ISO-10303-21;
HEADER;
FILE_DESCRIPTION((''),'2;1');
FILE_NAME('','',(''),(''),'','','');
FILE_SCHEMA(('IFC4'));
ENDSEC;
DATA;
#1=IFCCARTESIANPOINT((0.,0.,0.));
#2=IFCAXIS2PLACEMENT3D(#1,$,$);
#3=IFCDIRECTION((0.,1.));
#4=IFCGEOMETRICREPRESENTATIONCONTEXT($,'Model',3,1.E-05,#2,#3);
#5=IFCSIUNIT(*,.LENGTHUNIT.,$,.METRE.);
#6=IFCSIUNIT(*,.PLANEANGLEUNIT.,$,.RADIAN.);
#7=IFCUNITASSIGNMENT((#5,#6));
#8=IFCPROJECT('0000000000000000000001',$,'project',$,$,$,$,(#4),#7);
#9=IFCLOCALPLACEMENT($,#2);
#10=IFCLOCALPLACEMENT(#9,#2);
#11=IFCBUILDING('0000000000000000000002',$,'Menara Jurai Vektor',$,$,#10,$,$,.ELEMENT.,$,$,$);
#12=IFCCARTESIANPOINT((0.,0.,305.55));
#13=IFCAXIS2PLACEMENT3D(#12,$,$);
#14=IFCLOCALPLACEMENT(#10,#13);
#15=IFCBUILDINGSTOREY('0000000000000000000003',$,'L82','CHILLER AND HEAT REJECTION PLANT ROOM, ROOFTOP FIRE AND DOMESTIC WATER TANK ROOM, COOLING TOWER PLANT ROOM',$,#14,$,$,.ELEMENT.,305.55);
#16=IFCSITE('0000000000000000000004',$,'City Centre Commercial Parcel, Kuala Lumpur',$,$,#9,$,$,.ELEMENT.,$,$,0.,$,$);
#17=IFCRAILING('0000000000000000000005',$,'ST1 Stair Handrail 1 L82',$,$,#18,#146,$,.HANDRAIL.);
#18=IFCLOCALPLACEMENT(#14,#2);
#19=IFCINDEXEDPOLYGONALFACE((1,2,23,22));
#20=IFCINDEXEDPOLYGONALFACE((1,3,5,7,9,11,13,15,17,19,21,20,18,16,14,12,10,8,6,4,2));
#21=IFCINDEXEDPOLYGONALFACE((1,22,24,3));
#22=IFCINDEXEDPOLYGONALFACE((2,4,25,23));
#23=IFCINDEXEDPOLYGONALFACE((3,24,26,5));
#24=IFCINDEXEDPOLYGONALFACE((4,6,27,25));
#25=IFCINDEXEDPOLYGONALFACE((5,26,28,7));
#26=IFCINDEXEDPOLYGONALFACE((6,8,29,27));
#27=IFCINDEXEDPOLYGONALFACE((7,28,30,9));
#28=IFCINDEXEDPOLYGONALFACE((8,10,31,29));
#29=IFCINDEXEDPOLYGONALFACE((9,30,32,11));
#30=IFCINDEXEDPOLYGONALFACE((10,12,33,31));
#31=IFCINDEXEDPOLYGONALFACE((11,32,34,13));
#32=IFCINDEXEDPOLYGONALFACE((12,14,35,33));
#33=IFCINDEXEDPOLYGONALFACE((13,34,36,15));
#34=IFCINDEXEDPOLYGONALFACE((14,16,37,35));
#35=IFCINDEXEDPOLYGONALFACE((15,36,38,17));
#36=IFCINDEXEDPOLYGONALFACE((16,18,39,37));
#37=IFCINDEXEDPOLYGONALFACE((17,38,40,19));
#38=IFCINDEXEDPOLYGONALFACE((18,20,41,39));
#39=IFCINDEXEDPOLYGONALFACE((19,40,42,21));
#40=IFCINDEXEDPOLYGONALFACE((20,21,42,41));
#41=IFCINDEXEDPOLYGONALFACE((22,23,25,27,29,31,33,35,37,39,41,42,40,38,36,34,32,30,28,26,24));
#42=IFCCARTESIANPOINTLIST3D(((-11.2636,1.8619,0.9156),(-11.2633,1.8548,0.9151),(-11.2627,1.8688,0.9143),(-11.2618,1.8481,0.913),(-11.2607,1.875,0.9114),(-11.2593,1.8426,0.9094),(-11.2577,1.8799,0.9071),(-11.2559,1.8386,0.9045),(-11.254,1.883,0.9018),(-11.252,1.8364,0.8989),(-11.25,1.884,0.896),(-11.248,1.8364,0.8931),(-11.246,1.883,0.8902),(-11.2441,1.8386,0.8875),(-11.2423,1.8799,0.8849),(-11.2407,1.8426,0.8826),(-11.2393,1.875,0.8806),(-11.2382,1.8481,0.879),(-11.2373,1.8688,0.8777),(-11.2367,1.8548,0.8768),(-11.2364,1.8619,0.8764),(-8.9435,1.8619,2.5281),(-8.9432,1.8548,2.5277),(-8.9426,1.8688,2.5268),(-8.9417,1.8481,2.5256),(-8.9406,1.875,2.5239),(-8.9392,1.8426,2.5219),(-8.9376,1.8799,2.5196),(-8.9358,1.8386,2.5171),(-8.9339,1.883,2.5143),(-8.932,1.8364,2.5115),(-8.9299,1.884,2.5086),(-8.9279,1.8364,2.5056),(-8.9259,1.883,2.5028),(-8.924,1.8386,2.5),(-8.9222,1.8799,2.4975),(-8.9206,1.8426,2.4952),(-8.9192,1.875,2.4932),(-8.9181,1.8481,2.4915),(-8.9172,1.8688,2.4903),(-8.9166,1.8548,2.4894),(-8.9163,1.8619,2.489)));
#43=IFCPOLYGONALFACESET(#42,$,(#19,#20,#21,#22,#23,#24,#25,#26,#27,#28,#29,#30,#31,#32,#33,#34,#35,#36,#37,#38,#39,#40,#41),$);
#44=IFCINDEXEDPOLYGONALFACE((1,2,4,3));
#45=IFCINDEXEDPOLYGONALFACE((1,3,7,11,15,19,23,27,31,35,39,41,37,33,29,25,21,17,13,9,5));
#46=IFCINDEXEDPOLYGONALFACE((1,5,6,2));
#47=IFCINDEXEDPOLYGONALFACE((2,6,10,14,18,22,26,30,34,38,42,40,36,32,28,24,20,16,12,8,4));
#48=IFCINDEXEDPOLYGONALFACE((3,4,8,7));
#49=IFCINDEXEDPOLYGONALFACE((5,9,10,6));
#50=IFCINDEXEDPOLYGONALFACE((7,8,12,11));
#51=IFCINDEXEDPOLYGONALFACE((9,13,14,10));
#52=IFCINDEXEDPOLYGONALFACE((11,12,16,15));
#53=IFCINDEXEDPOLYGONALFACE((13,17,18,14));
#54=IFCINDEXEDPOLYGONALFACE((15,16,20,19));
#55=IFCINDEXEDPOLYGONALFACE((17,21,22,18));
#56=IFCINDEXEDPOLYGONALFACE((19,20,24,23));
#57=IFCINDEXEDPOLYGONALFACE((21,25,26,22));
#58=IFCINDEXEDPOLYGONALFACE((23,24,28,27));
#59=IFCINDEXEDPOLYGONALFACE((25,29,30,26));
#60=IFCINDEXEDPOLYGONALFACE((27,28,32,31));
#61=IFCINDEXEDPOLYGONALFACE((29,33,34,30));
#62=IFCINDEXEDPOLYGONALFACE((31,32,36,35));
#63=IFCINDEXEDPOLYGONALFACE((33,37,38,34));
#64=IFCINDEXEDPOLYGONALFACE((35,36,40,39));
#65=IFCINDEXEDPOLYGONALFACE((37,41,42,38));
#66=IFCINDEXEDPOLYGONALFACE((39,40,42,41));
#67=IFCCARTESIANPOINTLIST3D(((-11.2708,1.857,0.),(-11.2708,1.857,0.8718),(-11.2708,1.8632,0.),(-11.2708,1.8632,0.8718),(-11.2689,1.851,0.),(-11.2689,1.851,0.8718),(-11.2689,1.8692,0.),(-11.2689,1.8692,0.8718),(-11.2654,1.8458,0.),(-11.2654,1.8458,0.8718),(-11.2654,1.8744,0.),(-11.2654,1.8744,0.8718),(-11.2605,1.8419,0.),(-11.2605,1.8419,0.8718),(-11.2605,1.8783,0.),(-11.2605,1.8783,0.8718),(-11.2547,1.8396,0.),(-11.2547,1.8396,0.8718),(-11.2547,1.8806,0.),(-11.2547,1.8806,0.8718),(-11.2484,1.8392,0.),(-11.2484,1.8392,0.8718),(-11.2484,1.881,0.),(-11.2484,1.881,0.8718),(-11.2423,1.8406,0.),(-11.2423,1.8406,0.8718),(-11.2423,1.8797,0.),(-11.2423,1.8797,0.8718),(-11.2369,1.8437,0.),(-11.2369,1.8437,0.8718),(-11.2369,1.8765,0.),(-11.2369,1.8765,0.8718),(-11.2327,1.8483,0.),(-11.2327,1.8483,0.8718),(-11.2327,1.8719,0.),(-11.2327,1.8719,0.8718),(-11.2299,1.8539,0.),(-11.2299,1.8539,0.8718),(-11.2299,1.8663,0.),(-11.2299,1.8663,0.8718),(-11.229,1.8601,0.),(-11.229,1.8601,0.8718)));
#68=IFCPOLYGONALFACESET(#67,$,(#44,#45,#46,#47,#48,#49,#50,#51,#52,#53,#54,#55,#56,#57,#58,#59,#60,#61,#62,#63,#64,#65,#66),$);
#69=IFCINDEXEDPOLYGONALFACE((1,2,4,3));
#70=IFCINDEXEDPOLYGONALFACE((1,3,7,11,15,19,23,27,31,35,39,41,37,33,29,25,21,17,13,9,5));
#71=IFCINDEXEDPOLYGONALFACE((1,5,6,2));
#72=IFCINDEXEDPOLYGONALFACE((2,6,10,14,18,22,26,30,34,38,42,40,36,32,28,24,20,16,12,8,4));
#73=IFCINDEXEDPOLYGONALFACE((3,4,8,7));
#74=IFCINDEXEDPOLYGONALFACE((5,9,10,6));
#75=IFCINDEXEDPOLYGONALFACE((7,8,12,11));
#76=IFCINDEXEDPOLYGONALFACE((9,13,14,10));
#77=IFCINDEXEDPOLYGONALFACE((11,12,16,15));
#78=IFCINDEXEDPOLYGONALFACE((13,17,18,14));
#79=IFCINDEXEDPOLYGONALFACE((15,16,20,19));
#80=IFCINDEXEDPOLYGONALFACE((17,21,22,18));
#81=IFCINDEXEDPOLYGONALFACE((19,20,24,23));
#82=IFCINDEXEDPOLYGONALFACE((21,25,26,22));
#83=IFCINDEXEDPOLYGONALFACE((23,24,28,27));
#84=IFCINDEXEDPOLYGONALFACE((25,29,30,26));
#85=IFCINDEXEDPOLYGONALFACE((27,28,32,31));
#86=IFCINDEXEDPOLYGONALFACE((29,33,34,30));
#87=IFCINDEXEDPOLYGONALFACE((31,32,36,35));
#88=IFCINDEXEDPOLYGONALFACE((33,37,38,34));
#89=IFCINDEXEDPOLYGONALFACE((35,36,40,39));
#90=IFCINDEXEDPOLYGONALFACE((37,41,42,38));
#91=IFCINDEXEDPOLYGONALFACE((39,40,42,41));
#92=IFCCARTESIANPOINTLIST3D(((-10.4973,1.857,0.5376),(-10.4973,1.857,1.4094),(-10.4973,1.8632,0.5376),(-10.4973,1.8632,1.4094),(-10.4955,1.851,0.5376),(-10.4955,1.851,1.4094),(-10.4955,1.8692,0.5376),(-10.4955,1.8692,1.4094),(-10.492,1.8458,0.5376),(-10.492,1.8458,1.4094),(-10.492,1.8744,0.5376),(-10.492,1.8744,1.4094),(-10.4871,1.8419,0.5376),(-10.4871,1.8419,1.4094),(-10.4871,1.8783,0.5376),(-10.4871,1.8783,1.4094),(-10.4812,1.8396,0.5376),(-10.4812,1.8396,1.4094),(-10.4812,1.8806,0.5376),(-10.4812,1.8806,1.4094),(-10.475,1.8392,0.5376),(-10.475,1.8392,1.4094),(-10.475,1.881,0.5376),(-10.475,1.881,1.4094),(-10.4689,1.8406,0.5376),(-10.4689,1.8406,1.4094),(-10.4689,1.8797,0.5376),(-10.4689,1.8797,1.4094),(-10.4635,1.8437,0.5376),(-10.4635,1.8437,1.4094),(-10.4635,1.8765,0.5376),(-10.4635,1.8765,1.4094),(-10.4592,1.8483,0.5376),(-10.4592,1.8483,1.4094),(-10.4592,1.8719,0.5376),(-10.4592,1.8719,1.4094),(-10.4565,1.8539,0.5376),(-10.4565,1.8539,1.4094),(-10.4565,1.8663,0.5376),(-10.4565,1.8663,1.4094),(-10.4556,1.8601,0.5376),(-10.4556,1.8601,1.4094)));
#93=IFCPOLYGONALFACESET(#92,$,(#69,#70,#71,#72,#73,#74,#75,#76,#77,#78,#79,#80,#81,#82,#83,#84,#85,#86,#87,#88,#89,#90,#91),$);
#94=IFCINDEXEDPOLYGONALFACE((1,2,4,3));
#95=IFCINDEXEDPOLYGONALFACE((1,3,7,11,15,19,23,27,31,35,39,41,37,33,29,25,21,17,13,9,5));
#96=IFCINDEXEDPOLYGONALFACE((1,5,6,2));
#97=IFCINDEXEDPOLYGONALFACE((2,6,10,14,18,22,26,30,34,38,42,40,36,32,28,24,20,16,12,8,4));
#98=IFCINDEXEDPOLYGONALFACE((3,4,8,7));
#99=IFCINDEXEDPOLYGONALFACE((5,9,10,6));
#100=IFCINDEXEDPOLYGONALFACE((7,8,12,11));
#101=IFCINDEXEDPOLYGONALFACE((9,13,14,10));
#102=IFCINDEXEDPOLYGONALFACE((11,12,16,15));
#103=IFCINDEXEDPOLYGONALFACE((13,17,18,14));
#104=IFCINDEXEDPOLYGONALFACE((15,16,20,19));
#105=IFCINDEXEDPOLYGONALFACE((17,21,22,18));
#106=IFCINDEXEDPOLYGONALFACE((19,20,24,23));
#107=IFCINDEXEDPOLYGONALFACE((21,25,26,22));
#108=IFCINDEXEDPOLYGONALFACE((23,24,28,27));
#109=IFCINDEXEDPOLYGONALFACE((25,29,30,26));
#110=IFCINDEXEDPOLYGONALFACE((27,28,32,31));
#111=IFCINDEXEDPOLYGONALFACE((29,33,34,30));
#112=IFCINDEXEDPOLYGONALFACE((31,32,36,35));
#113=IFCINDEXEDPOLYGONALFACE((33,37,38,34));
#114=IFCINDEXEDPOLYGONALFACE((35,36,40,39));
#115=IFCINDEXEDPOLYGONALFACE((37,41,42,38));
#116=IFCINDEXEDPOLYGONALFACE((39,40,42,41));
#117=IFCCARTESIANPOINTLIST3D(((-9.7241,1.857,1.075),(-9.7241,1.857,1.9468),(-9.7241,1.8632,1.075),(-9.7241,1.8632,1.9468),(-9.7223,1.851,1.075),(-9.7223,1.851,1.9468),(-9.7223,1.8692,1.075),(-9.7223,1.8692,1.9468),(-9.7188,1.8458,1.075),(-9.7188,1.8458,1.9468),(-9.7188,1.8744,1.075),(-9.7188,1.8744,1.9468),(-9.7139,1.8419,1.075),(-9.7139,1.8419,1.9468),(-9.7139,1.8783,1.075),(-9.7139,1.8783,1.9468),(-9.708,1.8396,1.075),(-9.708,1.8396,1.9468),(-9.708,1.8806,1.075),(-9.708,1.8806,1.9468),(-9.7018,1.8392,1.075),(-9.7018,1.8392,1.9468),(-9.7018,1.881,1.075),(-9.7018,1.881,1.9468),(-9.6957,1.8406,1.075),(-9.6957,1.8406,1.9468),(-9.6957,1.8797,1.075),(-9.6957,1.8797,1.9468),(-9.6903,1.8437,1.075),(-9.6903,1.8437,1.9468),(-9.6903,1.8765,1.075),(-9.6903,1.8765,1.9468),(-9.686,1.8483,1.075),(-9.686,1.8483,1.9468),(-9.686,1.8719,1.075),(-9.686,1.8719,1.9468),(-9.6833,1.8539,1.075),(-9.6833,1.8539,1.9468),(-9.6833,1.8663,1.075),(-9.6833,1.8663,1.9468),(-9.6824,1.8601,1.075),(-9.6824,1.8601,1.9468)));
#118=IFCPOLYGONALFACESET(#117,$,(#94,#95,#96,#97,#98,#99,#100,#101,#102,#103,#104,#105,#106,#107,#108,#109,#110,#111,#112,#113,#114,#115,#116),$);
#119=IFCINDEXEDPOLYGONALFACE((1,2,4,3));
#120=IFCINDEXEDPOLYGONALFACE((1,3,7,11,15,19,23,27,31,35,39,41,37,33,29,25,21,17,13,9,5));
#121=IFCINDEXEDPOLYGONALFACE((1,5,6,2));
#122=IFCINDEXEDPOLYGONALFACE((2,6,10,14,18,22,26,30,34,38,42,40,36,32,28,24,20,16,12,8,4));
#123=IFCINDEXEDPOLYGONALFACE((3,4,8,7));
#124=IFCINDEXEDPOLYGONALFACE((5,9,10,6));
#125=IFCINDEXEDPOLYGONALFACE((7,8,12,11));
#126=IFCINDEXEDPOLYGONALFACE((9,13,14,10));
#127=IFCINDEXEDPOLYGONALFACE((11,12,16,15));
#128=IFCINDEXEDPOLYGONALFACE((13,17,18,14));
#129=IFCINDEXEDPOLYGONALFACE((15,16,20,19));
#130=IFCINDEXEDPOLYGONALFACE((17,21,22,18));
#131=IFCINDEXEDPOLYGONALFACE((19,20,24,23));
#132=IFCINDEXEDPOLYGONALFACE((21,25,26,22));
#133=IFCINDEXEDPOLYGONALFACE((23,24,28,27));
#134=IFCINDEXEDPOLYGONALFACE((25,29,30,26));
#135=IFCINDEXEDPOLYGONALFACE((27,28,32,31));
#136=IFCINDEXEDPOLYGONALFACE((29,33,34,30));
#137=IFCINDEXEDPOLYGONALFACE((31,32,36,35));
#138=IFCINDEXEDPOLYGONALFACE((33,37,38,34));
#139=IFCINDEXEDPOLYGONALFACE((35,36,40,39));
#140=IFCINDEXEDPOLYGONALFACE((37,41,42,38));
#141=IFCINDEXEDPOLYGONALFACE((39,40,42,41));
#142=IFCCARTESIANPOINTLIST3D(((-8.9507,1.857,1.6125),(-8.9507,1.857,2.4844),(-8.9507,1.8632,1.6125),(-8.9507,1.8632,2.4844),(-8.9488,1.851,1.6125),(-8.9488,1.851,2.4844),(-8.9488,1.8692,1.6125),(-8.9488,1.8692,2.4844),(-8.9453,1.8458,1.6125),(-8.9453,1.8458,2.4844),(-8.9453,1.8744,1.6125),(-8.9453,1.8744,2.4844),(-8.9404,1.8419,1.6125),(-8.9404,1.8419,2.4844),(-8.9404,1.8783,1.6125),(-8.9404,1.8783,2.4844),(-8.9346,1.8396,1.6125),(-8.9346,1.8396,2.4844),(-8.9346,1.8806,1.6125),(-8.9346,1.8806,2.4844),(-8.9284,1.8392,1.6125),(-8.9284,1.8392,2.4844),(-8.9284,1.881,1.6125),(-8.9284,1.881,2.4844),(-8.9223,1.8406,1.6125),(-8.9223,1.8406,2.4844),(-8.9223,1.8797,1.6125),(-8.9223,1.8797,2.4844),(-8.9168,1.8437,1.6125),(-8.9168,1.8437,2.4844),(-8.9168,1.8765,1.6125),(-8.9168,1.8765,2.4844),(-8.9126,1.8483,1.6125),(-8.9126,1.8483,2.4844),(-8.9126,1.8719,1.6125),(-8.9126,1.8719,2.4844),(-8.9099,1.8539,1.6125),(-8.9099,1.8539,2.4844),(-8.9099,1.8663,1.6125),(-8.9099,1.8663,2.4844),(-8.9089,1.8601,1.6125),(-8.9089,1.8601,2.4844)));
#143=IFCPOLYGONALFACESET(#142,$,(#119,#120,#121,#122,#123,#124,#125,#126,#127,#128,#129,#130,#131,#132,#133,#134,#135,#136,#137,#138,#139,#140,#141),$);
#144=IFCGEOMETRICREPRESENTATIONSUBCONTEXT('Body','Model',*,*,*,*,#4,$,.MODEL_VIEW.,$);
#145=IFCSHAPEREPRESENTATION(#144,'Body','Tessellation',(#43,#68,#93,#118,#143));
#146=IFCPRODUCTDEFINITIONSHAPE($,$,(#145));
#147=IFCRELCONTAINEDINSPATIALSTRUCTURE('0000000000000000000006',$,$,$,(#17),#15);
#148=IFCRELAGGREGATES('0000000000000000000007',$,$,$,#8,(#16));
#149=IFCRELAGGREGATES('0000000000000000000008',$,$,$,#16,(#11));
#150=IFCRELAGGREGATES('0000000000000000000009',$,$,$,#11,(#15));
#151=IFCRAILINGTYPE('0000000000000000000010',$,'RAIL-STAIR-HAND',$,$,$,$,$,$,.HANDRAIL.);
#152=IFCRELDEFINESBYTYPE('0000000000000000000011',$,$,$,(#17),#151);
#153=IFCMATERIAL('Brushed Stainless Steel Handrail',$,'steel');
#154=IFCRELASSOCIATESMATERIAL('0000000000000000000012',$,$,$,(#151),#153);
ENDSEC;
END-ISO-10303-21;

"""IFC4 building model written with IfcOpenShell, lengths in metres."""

from ifc_helpers import new_model, si_unit, direction, frame, origin, origin_2d, place, context, subcontext, project, spatial, circle, extrude, material, type_object, element, save


model = new_model("IFC4")

# Units and contexts
model_context = context("Model", 3, precision=1e-05, world=origin(), true_north=direction((0.0, 1.0)))
body_context = subcontext(model_context, "Body", "Model", "MODEL_VIEW")
ifc_project = project(units=[si_unit("LENGTHUNIT", "METRE"), si_unit("PLANEANGLEUNIT", "RADIAN")], contexts=[model_context])

# Site, building, storey
site_placement = place(None, origin())
site = spatial("IfcSite", under=ifc_project, at=site_placement, Name="City Centre Commercial Parcel, Kuala Lumpur", CompositionType="ELEMENT", RefElevation=0.0)
building_placement = place(site_placement, origin())
building = spatial("IfcBuilding", under=site, at=building_placement, Name="Menara Jurai Vektor", CompositionType="ELEMENT")
storey_placement = place(building_placement, frame((0.0, 0.0, 305.55)))
storey = spatial("IfcBuildingStorey", under=building, at=storey_placement, Name="L82", Description="CHILLER AND HEAT REJECTION PLANT ROOM, ROOFTOP FIRE AND DOMESTIC WATER TANK ROOM, COOLING TOWER PLANT ROOM", CompositionType="ELEMENT", Elevation=305.55)

# Railing
ifc_material_1 = material(Name="Brushed Stainless Steel Handrail", Category="steel")
railing_type_1 = type_object("IfcRailingType", Name="RAIL-STAIR-HAND", PredefinedType="HANDRAIL", material=ifc_material_1)
railing_1_placement = place(storey_placement, frame((-11.25, 1.8601, 0.0)))
element("IfcRailing", 1, at=railing_1_placement, inside=storey, type_object=railing_type_1, Name="ST1 Stair Handrail 1 L82", PredefinedType="HANDRAIL", context=body_context, shape_type="SweptSolid", body=[
    extrude(circle(Radius=0.0239, at=origin_2d()), frame((0.0, 0.0, 0.896), z_axis=(0.821139, 0.0, 0.570728), x_axis=(0.0, 1.0, 0.0)), (0.0, 0.0, 1.0), 2.8254),
    extrude(circle(Radius=0.021, at=origin_2d()), origin(), (0.0, 0.0, 1.0), 0.8718),
    extrude(circle(Radius=0.021, at=origin_2d()), frame((0.7734, 0.0, 0.5376)), (0.0, 0.0, 1.0), 0.8718),
    extrude(circle(Radius=0.021, at=origin_2d()), frame((1.5466, 0.0, 1.075)), (0.0, 0.0, 1.0), 0.8718),
    extrude(circle(Radius=0.021, at=origin_2d()), frame((2.3201, 0.0, 1.6125)), (0.0, 0.0, 1.0), 0.8718),
])

save(model, "model.ifc")
